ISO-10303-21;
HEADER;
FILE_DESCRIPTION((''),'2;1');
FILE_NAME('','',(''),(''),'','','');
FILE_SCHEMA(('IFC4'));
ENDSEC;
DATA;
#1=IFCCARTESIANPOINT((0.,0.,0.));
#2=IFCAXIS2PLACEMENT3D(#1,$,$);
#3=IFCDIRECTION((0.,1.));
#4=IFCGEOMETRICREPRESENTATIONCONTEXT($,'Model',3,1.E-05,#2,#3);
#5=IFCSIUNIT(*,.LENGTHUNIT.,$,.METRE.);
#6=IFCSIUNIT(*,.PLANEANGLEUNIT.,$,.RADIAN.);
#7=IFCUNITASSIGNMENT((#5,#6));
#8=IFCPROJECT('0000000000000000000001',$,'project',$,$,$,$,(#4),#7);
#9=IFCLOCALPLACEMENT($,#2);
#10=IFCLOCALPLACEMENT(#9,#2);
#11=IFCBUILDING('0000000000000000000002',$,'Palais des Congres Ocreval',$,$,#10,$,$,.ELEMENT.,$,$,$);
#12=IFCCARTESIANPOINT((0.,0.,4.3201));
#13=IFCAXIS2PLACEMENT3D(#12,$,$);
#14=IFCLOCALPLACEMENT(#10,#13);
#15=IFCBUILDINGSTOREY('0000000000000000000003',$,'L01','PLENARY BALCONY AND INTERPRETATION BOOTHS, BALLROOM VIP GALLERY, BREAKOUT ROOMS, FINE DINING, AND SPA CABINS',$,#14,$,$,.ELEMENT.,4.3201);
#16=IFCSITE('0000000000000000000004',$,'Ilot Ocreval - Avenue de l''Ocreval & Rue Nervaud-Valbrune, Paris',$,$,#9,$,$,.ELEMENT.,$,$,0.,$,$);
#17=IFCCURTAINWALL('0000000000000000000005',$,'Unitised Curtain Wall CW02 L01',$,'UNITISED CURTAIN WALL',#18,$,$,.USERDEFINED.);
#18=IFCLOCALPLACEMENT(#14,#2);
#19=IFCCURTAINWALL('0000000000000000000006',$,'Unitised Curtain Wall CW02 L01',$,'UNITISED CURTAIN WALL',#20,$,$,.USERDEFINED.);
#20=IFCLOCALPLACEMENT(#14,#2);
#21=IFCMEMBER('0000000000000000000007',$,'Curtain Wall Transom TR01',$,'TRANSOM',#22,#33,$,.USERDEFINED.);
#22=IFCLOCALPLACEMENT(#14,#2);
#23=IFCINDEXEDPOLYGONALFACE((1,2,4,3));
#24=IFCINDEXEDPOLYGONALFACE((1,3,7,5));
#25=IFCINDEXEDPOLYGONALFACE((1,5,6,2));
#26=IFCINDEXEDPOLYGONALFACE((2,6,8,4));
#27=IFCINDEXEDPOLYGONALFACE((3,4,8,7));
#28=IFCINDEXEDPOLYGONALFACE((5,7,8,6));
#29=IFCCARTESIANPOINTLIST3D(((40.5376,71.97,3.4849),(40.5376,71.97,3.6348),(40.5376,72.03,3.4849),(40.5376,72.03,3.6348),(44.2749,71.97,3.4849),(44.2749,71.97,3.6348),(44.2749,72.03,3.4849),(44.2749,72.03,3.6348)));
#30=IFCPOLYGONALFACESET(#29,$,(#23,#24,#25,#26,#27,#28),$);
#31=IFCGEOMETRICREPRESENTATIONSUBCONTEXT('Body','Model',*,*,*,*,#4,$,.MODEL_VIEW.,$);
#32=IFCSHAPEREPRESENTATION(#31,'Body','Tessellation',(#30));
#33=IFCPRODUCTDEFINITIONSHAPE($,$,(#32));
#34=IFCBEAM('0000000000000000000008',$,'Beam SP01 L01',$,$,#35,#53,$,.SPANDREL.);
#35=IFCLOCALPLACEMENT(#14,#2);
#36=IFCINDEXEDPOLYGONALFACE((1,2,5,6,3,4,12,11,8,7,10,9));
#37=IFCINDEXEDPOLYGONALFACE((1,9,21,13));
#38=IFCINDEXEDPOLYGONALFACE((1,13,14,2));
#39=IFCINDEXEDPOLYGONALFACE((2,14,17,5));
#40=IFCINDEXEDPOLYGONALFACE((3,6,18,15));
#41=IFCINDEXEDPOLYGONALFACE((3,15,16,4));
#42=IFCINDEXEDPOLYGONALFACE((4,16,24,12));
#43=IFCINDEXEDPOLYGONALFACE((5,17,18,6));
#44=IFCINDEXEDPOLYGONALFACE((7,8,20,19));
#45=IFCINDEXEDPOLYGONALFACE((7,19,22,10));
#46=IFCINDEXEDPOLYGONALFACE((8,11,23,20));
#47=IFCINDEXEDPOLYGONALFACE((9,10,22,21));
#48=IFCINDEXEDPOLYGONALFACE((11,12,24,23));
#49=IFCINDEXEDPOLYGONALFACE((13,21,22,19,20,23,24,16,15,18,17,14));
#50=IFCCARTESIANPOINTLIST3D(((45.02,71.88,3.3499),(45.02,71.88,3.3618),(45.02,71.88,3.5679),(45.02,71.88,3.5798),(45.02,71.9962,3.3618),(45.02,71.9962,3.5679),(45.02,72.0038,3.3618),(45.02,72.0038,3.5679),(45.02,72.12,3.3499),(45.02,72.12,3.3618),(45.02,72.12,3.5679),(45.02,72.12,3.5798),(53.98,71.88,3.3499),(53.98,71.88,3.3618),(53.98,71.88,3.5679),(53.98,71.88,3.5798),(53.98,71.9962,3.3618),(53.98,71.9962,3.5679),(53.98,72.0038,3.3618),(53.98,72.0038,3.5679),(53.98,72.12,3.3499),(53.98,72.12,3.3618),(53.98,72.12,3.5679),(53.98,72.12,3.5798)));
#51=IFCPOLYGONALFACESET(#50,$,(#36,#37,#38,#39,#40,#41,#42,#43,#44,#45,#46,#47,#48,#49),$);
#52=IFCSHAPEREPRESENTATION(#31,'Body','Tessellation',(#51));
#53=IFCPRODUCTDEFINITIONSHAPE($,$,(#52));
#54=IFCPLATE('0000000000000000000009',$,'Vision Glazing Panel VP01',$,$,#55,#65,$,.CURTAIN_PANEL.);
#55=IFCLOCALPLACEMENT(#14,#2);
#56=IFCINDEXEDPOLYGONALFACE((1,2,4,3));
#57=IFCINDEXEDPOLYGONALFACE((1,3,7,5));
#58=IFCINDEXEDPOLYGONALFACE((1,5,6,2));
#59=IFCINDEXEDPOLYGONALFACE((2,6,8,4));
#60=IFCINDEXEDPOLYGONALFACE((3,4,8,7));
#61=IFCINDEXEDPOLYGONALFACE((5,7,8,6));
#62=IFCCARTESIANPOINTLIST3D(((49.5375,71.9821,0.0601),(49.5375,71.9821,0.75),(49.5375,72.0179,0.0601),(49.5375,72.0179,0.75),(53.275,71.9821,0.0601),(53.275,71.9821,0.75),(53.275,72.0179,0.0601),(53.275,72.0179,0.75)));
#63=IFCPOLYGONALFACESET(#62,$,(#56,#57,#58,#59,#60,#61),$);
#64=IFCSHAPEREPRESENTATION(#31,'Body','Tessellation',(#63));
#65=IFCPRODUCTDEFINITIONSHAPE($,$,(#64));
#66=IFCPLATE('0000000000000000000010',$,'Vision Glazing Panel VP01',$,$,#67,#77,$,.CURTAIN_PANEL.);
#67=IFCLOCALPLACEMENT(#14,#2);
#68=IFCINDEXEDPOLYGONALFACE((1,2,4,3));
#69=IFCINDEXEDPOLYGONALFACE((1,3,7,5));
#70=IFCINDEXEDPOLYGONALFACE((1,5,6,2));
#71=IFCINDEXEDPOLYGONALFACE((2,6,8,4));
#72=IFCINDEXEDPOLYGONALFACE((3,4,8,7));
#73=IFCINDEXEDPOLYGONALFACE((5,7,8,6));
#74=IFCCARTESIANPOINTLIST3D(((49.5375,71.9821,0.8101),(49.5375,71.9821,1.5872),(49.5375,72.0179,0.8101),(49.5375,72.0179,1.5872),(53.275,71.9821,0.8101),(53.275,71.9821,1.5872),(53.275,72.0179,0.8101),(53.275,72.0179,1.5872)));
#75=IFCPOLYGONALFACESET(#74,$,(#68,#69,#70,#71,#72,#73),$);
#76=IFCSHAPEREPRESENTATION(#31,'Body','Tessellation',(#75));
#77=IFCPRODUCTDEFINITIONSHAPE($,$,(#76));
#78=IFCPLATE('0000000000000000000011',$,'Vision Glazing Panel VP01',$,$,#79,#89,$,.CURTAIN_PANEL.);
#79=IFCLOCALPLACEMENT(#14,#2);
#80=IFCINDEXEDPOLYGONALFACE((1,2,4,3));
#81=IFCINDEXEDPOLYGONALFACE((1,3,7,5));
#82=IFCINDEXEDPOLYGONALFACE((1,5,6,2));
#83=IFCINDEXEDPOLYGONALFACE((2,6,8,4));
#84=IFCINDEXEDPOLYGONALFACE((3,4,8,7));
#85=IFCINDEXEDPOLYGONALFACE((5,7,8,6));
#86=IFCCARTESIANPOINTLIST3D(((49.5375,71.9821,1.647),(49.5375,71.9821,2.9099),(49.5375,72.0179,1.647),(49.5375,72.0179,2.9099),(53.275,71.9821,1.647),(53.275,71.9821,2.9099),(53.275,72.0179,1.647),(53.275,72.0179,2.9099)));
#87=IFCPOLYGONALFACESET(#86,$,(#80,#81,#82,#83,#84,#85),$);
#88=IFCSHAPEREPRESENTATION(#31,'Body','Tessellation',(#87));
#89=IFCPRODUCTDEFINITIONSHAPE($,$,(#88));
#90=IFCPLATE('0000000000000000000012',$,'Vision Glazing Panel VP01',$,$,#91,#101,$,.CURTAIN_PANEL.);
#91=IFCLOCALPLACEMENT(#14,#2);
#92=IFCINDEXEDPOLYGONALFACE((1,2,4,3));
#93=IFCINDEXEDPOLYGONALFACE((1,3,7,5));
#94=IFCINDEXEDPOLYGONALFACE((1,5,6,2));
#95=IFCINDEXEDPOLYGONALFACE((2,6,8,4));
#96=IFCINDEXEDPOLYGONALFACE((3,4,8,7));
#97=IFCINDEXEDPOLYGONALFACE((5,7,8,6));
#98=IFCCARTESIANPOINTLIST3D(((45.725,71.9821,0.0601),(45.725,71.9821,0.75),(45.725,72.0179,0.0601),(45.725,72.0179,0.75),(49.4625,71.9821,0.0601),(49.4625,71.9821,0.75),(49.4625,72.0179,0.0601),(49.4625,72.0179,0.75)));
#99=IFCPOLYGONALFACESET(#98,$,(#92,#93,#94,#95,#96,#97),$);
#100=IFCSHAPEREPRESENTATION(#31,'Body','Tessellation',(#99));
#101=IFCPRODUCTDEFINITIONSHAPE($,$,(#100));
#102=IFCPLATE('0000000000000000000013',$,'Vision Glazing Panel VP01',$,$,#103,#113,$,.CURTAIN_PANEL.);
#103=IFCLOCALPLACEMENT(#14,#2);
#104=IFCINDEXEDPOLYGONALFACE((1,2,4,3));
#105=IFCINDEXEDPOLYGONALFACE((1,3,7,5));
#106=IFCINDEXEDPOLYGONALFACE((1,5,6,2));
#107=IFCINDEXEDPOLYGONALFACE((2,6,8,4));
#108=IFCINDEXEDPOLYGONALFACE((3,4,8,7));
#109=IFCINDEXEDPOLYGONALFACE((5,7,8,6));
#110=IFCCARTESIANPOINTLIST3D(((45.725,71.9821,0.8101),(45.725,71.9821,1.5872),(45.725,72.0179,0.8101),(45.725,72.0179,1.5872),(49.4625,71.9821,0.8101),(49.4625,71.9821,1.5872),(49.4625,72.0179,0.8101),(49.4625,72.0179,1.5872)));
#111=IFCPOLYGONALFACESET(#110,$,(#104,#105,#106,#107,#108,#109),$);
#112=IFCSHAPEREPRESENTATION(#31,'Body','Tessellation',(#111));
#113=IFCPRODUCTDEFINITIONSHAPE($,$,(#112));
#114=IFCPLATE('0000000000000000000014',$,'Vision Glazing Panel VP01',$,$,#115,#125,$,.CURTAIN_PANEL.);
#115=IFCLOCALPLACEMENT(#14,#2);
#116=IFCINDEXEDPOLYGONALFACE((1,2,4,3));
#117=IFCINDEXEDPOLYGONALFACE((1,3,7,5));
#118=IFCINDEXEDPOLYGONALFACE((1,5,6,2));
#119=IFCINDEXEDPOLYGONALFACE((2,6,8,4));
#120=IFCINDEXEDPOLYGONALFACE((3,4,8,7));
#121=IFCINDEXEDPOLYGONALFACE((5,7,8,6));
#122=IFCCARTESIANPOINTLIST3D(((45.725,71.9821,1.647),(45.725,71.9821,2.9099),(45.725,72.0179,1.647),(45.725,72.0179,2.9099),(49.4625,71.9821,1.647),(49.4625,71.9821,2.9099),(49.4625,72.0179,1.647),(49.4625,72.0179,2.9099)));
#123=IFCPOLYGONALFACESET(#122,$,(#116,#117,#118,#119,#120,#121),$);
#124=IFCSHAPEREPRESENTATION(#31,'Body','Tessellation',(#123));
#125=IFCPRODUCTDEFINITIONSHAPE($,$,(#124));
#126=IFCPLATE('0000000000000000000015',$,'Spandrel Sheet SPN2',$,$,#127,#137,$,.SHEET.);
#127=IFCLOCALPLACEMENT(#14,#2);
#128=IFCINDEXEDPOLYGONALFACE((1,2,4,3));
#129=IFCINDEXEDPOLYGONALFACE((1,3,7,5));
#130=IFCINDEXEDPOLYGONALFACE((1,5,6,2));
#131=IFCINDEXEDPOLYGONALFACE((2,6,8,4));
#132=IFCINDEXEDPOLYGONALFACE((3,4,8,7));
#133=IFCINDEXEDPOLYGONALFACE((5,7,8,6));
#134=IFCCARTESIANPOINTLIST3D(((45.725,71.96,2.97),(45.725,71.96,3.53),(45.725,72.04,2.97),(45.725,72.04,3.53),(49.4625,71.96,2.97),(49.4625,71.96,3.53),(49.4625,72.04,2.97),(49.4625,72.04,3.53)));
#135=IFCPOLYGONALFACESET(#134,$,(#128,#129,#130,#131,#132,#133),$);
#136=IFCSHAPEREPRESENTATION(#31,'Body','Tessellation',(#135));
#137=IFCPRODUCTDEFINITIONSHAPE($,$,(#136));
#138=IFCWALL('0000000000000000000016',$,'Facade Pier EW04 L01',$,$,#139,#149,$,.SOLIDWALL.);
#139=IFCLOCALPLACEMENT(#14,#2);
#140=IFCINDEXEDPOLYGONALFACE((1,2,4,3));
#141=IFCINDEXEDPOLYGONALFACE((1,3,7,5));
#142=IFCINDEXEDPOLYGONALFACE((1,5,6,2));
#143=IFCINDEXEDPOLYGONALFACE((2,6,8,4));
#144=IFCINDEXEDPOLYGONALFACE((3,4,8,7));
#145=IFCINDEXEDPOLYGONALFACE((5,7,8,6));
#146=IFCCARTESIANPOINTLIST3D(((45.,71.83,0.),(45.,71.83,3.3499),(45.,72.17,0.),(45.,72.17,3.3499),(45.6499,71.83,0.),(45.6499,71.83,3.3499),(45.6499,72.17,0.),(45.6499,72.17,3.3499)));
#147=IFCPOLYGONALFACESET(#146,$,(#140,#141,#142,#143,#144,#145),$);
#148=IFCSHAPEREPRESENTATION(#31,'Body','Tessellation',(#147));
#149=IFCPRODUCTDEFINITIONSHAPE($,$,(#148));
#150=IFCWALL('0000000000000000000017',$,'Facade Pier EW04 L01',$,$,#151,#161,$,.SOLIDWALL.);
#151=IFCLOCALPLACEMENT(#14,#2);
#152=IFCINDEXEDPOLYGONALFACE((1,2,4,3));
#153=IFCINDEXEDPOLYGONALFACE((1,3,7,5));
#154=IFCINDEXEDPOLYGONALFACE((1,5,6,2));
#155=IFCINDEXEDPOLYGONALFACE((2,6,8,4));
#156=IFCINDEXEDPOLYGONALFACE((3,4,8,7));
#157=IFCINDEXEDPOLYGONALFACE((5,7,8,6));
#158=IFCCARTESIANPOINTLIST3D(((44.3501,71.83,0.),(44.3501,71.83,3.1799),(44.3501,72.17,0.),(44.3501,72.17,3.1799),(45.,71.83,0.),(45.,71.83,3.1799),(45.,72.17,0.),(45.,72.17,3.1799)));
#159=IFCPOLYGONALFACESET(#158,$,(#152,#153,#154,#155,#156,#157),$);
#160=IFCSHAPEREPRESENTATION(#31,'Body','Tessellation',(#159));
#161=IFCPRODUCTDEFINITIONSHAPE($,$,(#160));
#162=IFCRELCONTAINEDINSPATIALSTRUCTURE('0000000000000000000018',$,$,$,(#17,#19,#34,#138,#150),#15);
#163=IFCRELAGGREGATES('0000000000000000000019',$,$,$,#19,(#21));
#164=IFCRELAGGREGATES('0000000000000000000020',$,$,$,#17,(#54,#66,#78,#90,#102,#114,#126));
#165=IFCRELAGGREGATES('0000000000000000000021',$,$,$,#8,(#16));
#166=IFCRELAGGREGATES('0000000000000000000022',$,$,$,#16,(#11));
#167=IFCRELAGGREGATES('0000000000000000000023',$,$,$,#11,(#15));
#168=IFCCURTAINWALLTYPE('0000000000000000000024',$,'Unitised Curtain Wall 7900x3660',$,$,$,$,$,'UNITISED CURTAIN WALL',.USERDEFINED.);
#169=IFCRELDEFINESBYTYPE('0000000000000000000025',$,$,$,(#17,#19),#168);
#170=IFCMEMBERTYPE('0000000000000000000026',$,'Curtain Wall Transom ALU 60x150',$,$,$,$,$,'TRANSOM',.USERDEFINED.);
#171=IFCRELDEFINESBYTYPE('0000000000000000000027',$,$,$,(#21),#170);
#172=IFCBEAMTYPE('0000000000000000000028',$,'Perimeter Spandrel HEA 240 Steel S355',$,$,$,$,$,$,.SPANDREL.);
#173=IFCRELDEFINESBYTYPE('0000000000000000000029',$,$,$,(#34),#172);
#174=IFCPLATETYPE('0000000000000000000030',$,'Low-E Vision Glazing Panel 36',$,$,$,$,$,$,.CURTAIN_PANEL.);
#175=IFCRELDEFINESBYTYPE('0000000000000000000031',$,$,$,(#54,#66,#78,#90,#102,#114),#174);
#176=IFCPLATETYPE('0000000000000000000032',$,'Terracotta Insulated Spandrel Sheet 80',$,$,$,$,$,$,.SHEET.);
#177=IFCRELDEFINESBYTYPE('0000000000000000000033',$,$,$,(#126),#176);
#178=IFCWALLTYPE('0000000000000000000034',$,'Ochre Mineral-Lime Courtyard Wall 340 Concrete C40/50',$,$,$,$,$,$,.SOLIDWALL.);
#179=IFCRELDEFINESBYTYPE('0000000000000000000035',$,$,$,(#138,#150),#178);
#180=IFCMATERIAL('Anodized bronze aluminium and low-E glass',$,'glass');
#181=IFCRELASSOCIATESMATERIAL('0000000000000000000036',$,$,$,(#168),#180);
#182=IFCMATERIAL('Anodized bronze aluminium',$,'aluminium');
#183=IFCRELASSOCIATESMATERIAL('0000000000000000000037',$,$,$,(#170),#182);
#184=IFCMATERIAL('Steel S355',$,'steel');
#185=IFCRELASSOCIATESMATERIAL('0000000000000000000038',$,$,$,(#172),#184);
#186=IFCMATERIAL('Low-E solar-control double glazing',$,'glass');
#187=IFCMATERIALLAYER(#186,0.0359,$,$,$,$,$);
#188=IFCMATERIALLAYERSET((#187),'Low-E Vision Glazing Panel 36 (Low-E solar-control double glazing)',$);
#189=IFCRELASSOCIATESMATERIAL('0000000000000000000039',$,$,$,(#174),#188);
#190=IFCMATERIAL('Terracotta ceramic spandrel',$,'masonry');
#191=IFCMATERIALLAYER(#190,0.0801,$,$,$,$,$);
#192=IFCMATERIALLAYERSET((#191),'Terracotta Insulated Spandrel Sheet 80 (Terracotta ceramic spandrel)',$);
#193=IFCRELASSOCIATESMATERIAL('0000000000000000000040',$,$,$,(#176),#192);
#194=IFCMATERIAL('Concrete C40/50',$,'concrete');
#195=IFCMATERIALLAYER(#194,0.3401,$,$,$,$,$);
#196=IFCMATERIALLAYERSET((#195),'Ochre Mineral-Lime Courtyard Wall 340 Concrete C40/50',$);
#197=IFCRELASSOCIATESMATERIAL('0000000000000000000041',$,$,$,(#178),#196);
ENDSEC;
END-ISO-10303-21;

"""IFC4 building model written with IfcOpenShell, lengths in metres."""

from ifc_helpers import new_model, si_unit, direction, frame, frame_2d, origin, origin_2d, place, context, subcontext, project, spatial, rectangle, i_section, extrude, material, layer, layer_set, material_profile, profile_set, type_object, element, aggregate, save


model = new_model("IFC4")

# Units and contexts
model_context = context("Model", 3, precision=1e-05, world=origin(), true_north=direction((0.0, 1.0)))
body_context = subcontext(model_context, "Body", "Model", "MODEL_VIEW")
ifc_project = project(units=[si_unit("LENGTHUNIT", "METRE"), si_unit("PLANEANGLEUNIT", "RADIAN")], contexts=[model_context])

# Site, building, storey
site_placement = place(None, origin())
site = spatial("IfcSite", under=ifc_project, at=site_placement, Name="Ilot Ocreval - Avenue de l'Ocreval & Rue Nervaud-Valbrune, Paris", CompositionType="ELEMENT", RefElevation=0.0)
building_placement = place(site_placement, origin())
building = spatial("IfcBuilding", under=site, at=building_placement, Name="Palais des Congres Ocreval", CompositionType="ELEMENT")
storey_placement = place(building_placement, frame((0.0, 0.0, 4.3201)))
storey = spatial("IfcBuildingStorey", under=building, at=storey_placement, Name="L01", Description="PLENARY BALCONY AND INTERPRETATION BOOTHS, BALLROOM VIP GALLERY, BREAKOUT ROOMS, FINE DINING, AND SPA CABINS", CompositionType="ELEMENT", Elevation=4.3201)

# Shared definitions
ifc_material_1 = material(Name="Steel S355", Category="steel")

# Curtain wall
ifc_material_2 = material(Name="Anodized bronze aluminium and low-E glass", Category="glass")
curtain_wall_type = type_object("IfcCurtainWallType", Name="Unitised Curtain Wall 7900x3660", ElementType="UNITISED CURTAIN WALL", PredefinedType="USERDEFINED", material=ifc_material_2)
curtain_wall_1_placement = place(storey_placement, origin())
curtain_wall_1 = element("IfcCurtainWall", 1, at=curtain_wall_1_placement, inside=storey, type_object=curtain_wall_type, Name="Unitised Curtain Wall CW02 L01", ObjectType="UNITISED CURTAIN WALL", PredefinedType="USERDEFINED")
ifc_material_3 = material(Name="Anodized bronze aluminium", Category="aluminium")

# Curtain wall
curtain_wall_2_placement = place(storey_placement, origin())
curtain_wall_2 = element("IfcCurtainWall", 2, at=curtain_wall_2_placement, inside=storey, type_object=curtain_wall_type, Name="Unitised Curtain Wall CW02 L01", ObjectType="UNITISED CURTAIN WALL", PredefinedType="USERDEFINED")

# Member
ifc_material_profile_1 = material_profile(ifc_material_3, rectangle(XDim=0.0601, YDim=0.1499, at=origin_2d()), Name="ALU 60x150")
ifc_profile_set_1 = profile_set([ifc_material_profile_1], Name="Anodized bronze aluminium")
member_type_1 = type_object("IfcMemberType", Name="Curtain Wall Transom ALU 60x150", ElementType="TRANSOM", PredefinedType="USERDEFINED", material=ifc_profile_set_1)
member_1_placement = place(storey_placement, frame((44.2749, 72.0, 3.5598), z_axis=(-1.0, 0.0, 0.0), x_axis=(0.0, -1.0, 0.0)))
member_1 = element("IfcMember", 3, at=member_1_placement, type_object=member_type_1, Name="Curtain Wall Transom TR01", ObjectType="TRANSOM", PredefinedType="USERDEFINED", context=body_context, shape_type="SweptSolid", body=[
    extrude(rectangle(XDim=0.0601, YDim=0.1499, at=origin_2d()), origin(), (0.0, 0.0, 1.0), 3.7373),
])
aggregate(curtain_wall_2, [member_1])

# Beam
ifc_material_profile_2 = material_profile(ifc_material_1, i_section(OverallWidth=0.24, OverallDepth=0.23, WebThickness=0.0076, FlangeThickness=0.012, at=origin_2d()), Name="HEA 240")
ifc_profile_set_2 = profile_set([ifc_material_profile_2], Name="Steel S355")
beam_type = type_object("IfcBeamType", Name="Perimeter Spandrel HEA 240 Steel S355", PredefinedType="SPANDREL", material=ifc_profile_set_2)
beam_placement = place(storey_placement, frame((45.02, 72.0, 3.4648), z_axis=(1.0, 0.0, 0.0), x_axis=(0.0, 1.0, 0.0)))
element("IfcBeam", 4, at=beam_placement, inside=storey, type_object=beam_type, Name="Beam SP01 L01", PredefinedType="SPANDREL", context=body_context, shape_type="SweptSolid", body=[
    extrude(i_section(OverallWidth=0.24, OverallDepth=0.23, WebThickness=0.0076, FlangeThickness=0.012, at=origin_2d()), origin(), (0.0, 0.0, 1.0), 8.96),
])

# Plates
ifc_material_4 = material(Name="Low-E solar-control double glazing", Category="glass")
ifc_layer_1 = layer(ifc_material_4, 0.0359)
ifc_layer_set_1 = layer_set([ifc_layer_1], Name="Low-E Vision Glazing Panel 36 (Low-E solar-control double glazing)")
plate_type_1 = type_object("IfcPlateType", Name="Low-E Vision Glazing Panel 36", PredefinedType="CURTAIN_PANEL", material=ifc_layer_set_1)
plate_1_placement = place(storey_placement, frame((51.4062, 72.0, 0.0601), z_axis=(0.0, 0.0, 1.0), x_axis=(-1.0, 0.0, 0.0)))
plate_1 = element("IfcPlate", 5, at=plate_1_placement, type_object=plate_type_1, Name="Vision Glazing Panel VP01", PredefinedType="CURTAIN_PANEL", context=body_context, shape_type="SweptSolid", body=[
    extrude(rectangle(XDim=3.7375, YDim=0.0359, at=origin_2d()), origin(), (0.0, 0.0, 1.0), 0.6899),
])
plate_2_placement = place(storey_placement, frame((51.4062, 72.0, 0.8101), z_axis=(0.0, 0.0, 1.0), x_axis=(-1.0, 0.0, 0.0)))
plate_2 = element("IfcPlate", 6, at=plate_2_placement, type_object=plate_type_1, Name="Vision Glazing Panel VP01", PredefinedType="CURTAIN_PANEL", context=body_context, shape_type="SweptSolid", body=[
    extrude(rectangle(XDim=3.7375, YDim=0.0359, at=origin_2d()), origin(), (0.0, 0.0, 1.0), 0.7771),
])
plate_3_placement = place(storey_placement, frame((51.4062, 72.0, 1.647), z_axis=(0.0, 0.0, 1.0), x_axis=(-1.0, 0.0, 0.0)))
plate_3 = element("IfcPlate", 7, at=plate_3_placement, type_object=plate_type_1, Name="Vision Glazing Panel VP01", PredefinedType="CURTAIN_PANEL", context=body_context, shape_type="SweptSolid", body=[
    extrude(rectangle(XDim=3.7375, YDim=0.0359, at=origin_2d()), origin(), (0.0, 0.0, 1.0), 1.2629),
])
plate_4_placement = place(storey_placement, frame((47.5938, 72.0, 0.0601), z_axis=(0.0, 0.0, 1.0), x_axis=(-1.0, 0.0, 0.0)))
plate_4 = element("IfcPlate", 8, at=plate_4_placement, type_object=plate_type_1, Name="Vision Glazing Panel VP01", PredefinedType="CURTAIN_PANEL", context=body_context, shape_type="SweptSolid", body=[
    extrude(rectangle(XDim=3.7375, YDim=0.0359, at=origin_2d()), origin(), (0.0, 0.0, 1.0), 0.6899),
])
plate_5_placement = place(storey_placement, frame((47.5938, 72.0, 0.8101), z_axis=(0.0, 0.0, 1.0), x_axis=(-1.0, 0.0, 0.0)))
plate_5 = element("IfcPlate", 9, at=plate_5_placement, type_object=plate_type_1, Name="Vision Glazing Panel VP01", PredefinedType="CURTAIN_PANEL", context=body_context, shape_type="SweptSolid", body=[
    extrude(rectangle(XDim=3.7375, YDim=0.0359, at=origin_2d()), origin(), (0.0, 0.0, 1.0), 0.7771),
])
plate_6_placement = place(storey_placement, frame((47.5938, 72.0, 1.647), z_axis=(0.0, 0.0, 1.0), x_axis=(-1.0, 0.0, 0.0)))
plate_6 = element("IfcPlate", 10, at=plate_6_placement, type_object=plate_type_1, Name="Vision Glazing Panel VP01", PredefinedType="CURTAIN_PANEL", context=body_context, shape_type="SweptSolid", body=[
    extrude(rectangle(XDim=3.7375, YDim=0.0359, at=origin_2d()), origin(), (0.0, 0.0, 1.0), 1.2629),
])
ifc_material_5 = material(Name="Terracotta ceramic spandrel", Category="masonry")
ifc_layer_2 = layer(ifc_material_5, 0.0801)
ifc_layer_set_2 = layer_set([ifc_layer_2], Name="Terracotta Insulated Spandrel Sheet 80 (Terracotta ceramic spandrel)")
plate_type_2 = type_object("IfcPlateType", Name="Terracotta Insulated Spandrel Sheet 80", PredefinedType="SHEET", material=ifc_layer_set_2)
plate_7_placement = place(storey_placement, frame((47.5938, 72.0, 2.97), z_axis=(0.0, 0.0, 1.0), x_axis=(-1.0, 0.0, 0.0)))
plate_7 = element("IfcPlate", 11, at=plate_7_placement, type_object=plate_type_2, Name="Spandrel Sheet SPN2", PredefinedType="SHEET", context=body_context, shape_type="SweptSolid", body=[
    extrude(rectangle(XDim=3.7375, YDim=0.0801, at=origin_2d()), origin(), (0.0, 0.0, 1.0), 0.5601),
])
aggregate(curtain_wall_1, [plate_1, plate_2, plate_3, plate_4, plate_5, plate_6, plate_7])

# Walls
ifc_material_6 = material(Name="Concrete C40/50", Category="concrete")
ifc_layer_3 = layer(ifc_material_6, 0.3401)
ifc_layer_set_3 = layer_set([ifc_layer_3], Name="Ochre Mineral-Lime Courtyard Wall 340 Concrete C40/50")
wall_type = type_object("IfcWallType", Name="Ochre Mineral-Lime Courtyard Wall 340 Concrete C40/50", PredefinedType="SOLIDWALL", material=ifc_layer_set_3)
wall_1_placement = place(storey_placement, frame((45.6499, 72.0, 0.0), z_axis=(0.0, 0.0, 1.0), x_axis=(-1.0, 0.0, 0.0)))
element("IfcWall", 12, at=wall_1_placement, inside=storey, type_object=wall_type, Name="Facade Pier EW04 L01", PredefinedType="SOLIDWALL", context=body_context, shape_type="SweptSolid", body=[
    extrude(rectangle(XDim=0.6499, YDim=0.3401, at=frame_2d((0.325, 0.0))), origin(), (0.0, 0.0, 1.0), 3.3499),
])
wall_2_placement = place(storey_placement, frame((45.0, 72.0, 0.0), z_axis=(0.0, 0.0, 1.0), x_axis=(-1.0, 0.0, 0.0)))
element("IfcWall", 13, at=wall_2_placement, inside=storey, type_object=wall_type, Name="Facade Pier EW04 L01", PredefinedType="SOLIDWALL", context=body_context, shape_type="SweptSolid", body=[
    extrude(rectangle(XDim=0.6499, YDim=0.3401, at=frame_2d((0.325, 0.0))), origin(), (0.0, 0.0, 1.0), 3.1799),
])

save(model, "model.ifc")
